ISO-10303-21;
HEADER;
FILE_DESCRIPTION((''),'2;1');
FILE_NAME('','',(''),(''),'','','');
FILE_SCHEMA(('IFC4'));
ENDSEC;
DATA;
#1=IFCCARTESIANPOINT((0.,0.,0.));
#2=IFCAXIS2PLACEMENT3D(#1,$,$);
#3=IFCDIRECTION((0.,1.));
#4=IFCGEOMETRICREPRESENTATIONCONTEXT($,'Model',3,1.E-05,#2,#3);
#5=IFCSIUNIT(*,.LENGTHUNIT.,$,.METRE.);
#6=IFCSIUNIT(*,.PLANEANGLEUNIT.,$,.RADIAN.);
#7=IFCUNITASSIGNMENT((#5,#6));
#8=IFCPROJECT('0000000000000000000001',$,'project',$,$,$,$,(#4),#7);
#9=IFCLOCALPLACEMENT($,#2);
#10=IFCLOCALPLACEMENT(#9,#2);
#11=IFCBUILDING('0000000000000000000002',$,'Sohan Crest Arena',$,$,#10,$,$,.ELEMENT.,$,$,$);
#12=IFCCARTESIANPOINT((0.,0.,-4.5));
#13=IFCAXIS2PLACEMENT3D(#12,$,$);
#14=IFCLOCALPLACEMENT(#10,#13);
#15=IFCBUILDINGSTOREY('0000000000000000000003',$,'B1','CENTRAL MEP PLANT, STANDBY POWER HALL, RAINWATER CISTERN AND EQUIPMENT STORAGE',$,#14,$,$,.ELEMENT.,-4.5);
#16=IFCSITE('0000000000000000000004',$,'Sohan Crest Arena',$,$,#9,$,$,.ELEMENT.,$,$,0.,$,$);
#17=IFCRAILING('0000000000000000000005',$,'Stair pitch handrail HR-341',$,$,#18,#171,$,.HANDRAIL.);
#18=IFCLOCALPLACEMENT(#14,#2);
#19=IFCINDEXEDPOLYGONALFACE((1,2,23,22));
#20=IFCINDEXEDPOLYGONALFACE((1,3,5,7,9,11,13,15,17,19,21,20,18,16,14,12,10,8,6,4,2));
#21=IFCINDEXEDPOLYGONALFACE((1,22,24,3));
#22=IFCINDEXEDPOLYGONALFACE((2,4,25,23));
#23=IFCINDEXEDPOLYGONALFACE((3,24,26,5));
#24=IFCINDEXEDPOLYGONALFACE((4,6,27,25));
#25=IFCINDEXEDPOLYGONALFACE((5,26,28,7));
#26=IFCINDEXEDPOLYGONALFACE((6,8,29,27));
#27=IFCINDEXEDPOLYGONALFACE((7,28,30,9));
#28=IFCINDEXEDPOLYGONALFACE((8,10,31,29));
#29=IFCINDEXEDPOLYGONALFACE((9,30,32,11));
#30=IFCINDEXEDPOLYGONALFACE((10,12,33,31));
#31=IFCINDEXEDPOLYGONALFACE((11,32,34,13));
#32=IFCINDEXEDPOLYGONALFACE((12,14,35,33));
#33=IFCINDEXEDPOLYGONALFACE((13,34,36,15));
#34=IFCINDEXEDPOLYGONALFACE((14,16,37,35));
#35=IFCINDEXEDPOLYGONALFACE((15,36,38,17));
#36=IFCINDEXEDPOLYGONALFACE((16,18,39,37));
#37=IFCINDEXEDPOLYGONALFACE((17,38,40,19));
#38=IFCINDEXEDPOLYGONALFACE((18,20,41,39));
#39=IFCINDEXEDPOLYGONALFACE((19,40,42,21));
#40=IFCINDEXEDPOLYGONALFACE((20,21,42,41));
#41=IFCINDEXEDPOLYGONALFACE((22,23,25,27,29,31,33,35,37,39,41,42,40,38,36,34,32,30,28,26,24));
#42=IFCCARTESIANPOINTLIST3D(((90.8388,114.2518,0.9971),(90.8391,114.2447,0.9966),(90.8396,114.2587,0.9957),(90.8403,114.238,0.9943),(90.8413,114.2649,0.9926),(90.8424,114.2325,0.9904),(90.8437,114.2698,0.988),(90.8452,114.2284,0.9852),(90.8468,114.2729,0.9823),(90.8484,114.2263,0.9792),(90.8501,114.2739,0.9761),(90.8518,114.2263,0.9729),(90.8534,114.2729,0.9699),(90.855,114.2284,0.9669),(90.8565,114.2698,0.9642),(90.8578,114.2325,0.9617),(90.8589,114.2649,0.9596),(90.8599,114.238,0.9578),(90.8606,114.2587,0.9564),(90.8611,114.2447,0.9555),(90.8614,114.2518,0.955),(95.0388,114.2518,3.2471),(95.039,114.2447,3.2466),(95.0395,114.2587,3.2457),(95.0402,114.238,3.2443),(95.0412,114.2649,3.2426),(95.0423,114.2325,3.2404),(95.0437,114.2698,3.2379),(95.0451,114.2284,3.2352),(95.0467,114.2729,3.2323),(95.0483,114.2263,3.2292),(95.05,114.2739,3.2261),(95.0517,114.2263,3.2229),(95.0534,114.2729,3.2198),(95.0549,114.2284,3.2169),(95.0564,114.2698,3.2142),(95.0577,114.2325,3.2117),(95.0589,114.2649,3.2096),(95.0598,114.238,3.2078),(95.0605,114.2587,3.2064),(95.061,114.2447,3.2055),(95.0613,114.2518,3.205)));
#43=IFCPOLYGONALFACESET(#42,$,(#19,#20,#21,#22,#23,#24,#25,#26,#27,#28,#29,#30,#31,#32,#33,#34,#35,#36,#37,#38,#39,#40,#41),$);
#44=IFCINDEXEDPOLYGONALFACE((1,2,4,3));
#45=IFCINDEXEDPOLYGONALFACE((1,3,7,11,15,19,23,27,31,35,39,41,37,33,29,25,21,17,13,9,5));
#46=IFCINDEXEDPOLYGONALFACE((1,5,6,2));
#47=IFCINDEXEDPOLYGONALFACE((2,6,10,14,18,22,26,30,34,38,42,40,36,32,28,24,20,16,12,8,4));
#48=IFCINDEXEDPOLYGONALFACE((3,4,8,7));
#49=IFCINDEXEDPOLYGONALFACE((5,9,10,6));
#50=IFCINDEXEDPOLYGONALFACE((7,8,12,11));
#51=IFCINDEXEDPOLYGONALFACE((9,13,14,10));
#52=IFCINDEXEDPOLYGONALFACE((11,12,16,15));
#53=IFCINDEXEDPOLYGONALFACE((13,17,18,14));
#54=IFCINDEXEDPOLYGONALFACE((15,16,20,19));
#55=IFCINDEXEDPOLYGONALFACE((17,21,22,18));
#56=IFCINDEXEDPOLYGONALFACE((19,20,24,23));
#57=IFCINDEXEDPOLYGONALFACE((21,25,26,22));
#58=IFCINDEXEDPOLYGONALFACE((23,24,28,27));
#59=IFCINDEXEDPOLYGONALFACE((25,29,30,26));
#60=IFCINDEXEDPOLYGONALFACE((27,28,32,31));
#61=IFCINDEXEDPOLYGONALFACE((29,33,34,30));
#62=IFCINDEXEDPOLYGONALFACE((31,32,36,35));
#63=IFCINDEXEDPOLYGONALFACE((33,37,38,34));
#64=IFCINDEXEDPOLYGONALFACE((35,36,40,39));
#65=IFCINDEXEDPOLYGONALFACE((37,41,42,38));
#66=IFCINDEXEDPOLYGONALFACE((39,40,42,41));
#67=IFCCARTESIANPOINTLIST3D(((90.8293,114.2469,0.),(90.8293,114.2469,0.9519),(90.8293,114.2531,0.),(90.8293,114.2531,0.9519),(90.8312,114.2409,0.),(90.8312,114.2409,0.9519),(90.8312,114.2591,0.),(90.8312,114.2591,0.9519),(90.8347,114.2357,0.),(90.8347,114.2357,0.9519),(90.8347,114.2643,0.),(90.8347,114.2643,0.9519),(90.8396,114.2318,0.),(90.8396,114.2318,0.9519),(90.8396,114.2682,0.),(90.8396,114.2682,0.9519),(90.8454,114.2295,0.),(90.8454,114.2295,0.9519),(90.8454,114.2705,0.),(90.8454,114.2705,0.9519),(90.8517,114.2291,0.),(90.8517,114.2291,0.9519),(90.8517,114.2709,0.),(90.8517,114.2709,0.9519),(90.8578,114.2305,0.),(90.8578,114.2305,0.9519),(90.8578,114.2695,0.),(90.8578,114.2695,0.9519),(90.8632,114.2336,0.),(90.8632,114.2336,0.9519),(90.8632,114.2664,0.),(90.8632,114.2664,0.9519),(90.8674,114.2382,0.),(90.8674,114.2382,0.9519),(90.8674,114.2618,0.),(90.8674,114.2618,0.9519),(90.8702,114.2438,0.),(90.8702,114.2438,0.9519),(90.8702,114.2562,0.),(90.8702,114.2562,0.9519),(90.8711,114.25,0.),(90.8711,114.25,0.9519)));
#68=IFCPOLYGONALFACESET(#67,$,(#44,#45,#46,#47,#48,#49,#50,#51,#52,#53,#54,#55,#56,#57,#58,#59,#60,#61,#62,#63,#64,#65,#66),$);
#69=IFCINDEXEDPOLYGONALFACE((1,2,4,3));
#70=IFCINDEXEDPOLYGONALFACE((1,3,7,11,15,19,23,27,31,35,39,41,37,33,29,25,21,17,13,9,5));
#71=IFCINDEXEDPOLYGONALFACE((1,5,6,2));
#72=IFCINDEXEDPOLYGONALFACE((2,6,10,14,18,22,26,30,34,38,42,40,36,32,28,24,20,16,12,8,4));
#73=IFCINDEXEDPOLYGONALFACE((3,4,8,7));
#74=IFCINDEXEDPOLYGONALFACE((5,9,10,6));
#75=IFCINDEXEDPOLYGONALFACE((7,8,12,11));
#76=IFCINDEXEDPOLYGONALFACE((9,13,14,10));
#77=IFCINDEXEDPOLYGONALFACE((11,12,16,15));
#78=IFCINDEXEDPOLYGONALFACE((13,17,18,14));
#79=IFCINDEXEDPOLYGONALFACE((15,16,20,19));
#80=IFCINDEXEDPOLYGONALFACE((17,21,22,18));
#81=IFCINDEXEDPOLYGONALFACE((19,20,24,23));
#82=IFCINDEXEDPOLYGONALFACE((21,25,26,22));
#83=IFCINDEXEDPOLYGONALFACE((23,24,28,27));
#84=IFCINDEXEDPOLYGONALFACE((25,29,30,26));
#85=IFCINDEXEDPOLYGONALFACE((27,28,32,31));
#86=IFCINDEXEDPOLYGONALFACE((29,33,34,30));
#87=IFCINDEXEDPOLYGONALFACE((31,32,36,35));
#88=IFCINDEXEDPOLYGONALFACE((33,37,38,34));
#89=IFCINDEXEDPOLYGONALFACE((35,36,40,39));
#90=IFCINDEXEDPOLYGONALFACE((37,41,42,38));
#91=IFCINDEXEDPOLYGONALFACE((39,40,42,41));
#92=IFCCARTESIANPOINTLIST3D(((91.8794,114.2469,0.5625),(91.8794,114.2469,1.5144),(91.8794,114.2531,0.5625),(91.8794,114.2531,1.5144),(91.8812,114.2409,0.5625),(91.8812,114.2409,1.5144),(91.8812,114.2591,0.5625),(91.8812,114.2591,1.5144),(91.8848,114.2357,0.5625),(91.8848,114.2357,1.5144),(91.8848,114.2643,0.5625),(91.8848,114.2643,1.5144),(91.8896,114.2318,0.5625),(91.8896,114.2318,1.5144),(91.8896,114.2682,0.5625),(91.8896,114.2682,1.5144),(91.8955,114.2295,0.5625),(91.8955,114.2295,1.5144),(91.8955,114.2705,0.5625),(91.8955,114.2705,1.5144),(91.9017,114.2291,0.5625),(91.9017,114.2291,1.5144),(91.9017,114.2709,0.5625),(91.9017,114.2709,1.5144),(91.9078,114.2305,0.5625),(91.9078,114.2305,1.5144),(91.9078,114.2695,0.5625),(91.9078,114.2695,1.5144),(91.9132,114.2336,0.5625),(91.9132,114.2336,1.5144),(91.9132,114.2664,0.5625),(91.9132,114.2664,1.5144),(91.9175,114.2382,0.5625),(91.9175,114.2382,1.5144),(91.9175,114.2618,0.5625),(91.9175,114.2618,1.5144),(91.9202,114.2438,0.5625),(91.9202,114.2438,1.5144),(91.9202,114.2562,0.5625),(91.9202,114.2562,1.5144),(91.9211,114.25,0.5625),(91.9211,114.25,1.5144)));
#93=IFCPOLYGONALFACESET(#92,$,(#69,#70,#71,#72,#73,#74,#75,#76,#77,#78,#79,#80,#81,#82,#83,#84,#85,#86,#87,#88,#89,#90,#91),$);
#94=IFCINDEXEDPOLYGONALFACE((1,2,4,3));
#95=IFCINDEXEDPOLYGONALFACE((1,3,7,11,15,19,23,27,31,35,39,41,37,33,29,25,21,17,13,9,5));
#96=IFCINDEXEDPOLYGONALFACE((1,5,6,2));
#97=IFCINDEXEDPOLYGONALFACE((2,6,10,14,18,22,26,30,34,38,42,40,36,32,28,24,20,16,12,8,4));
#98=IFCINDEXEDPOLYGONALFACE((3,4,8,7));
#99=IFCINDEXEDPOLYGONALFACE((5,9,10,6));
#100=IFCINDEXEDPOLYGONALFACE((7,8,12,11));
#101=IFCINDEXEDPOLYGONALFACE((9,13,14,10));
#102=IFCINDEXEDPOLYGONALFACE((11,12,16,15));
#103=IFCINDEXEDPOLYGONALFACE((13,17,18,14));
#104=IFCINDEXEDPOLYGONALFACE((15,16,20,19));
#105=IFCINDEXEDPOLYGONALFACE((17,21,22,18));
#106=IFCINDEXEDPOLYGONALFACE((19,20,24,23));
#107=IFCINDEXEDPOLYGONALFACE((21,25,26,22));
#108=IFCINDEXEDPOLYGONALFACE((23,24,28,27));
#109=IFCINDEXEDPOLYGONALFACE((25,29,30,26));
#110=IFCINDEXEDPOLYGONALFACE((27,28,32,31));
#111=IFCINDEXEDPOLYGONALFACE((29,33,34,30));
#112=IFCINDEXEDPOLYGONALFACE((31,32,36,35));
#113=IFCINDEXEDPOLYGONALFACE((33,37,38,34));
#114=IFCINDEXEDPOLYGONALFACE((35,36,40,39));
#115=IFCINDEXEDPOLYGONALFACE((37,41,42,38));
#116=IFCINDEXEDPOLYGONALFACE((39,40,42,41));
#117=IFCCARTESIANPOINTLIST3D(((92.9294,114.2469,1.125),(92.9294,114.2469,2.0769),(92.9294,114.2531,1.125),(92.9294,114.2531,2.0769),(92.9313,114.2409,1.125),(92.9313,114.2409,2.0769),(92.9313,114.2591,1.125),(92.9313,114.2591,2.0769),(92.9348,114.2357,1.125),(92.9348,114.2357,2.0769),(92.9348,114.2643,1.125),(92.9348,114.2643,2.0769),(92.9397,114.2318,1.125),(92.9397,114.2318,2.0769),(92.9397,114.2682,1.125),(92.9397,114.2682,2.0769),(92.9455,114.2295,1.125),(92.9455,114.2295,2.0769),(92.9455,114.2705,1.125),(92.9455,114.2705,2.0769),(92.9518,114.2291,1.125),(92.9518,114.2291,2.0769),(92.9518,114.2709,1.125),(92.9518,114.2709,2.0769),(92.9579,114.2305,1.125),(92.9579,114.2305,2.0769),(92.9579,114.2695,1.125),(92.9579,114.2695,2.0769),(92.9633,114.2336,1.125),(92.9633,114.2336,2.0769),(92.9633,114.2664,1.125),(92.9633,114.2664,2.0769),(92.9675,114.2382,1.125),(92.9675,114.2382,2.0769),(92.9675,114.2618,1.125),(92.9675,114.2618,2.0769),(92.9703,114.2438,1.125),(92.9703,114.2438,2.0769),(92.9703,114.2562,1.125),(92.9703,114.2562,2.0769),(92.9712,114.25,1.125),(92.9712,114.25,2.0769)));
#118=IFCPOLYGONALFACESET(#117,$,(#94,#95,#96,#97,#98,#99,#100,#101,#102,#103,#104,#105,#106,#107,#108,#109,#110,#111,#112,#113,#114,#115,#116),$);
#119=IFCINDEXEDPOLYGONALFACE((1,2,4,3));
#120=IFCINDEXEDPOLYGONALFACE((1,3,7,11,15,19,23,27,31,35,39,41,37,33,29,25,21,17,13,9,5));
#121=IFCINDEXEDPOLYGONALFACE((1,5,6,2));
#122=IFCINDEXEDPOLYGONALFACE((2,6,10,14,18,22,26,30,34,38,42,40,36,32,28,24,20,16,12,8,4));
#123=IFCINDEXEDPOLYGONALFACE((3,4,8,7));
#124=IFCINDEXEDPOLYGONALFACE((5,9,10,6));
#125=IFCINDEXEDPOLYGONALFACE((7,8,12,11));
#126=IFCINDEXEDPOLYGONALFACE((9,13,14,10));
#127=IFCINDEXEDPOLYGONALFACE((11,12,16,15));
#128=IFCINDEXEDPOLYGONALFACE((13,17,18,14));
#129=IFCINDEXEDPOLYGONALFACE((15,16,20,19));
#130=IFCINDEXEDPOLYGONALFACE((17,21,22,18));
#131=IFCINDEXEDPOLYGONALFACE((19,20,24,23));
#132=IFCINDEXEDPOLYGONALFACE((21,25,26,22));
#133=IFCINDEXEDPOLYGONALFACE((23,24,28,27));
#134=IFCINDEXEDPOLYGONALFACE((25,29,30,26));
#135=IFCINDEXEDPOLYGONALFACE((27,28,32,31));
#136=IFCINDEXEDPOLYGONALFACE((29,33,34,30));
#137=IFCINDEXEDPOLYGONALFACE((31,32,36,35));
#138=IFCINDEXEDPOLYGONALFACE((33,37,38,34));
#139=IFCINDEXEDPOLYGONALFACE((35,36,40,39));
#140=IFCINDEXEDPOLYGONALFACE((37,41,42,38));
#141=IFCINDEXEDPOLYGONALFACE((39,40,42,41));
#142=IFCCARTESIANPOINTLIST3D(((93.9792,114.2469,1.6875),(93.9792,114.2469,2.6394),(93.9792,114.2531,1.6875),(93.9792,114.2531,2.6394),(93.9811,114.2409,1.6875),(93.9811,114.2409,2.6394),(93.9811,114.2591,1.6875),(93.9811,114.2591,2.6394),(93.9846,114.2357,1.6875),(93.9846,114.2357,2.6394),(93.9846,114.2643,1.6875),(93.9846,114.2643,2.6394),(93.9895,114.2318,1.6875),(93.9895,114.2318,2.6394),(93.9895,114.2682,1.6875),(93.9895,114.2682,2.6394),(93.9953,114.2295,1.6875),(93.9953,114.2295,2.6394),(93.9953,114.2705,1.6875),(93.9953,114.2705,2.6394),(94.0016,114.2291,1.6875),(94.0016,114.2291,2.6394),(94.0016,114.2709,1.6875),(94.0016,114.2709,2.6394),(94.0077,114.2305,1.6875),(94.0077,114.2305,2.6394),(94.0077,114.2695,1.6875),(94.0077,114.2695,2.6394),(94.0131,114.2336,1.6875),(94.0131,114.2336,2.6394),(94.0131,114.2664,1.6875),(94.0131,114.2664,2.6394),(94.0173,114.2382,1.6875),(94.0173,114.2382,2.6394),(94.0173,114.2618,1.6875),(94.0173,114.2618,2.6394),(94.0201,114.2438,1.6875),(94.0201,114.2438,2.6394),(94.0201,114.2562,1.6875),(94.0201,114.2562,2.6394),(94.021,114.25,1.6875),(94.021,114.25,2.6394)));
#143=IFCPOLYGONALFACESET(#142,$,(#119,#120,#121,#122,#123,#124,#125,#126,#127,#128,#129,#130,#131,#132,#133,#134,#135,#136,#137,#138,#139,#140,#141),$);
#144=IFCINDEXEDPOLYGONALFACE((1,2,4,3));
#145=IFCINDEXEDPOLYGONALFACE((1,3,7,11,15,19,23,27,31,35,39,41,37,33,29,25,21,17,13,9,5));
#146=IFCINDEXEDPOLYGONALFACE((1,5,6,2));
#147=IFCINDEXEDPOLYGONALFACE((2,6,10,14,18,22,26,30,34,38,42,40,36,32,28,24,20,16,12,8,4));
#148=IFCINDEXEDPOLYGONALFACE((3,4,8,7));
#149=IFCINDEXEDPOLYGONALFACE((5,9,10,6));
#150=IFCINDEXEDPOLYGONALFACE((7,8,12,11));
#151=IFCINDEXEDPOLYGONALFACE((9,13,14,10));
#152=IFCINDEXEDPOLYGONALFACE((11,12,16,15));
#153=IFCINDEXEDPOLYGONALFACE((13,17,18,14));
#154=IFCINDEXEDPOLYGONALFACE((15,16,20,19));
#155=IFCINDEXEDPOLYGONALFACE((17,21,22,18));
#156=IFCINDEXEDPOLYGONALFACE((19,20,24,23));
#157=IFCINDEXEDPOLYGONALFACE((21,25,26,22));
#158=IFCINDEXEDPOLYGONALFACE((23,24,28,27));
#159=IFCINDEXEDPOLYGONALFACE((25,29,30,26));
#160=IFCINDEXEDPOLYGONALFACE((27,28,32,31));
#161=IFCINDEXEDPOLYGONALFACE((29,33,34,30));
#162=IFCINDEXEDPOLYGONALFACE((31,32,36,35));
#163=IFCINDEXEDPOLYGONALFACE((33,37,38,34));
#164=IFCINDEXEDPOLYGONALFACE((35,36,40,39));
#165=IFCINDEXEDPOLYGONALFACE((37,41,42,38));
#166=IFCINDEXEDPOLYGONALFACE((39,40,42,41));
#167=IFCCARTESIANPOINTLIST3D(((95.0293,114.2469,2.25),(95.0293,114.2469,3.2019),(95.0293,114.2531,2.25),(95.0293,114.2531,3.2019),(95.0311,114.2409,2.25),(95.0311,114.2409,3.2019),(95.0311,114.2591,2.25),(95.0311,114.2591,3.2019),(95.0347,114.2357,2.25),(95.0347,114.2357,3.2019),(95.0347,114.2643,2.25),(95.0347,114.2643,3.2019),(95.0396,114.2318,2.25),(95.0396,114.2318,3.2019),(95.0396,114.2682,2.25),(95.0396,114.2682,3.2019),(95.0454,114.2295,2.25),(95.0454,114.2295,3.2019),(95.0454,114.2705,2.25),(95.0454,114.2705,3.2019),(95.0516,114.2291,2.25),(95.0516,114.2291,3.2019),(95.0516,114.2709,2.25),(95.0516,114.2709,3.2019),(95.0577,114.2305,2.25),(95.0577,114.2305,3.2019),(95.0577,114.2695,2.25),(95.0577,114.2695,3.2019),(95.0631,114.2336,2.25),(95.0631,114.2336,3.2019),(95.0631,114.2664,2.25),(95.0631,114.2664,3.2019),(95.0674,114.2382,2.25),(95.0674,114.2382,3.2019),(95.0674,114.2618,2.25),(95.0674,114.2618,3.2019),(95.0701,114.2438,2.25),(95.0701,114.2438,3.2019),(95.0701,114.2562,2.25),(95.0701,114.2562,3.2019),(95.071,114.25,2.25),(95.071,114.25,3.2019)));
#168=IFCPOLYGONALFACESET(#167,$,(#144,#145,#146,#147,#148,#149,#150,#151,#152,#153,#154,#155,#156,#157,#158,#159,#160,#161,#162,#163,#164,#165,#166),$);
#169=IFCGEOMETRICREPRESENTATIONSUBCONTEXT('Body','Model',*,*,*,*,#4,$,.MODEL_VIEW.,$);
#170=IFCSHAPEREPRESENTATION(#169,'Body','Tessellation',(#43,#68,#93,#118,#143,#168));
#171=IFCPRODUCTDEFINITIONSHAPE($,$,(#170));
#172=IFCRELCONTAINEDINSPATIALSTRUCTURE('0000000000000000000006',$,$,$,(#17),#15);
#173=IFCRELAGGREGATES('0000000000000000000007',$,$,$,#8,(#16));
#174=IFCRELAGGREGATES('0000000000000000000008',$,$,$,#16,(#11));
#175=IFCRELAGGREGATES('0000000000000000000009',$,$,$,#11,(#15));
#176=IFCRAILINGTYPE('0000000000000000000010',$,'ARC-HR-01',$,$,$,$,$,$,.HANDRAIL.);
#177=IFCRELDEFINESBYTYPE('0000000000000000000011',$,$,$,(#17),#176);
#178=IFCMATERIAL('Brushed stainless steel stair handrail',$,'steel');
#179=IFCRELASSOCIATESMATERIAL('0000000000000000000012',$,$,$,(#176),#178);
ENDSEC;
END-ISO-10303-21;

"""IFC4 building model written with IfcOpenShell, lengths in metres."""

from ifc_helpers import new_model, si_unit, direction, frame, origin, origin_2d, place, context, subcontext, project, spatial, circle, extrude, material, type_object, element, save


model = new_model("IFC4")

# Units and contexts
model_context = context("Model", 3, precision=1e-05, world=origin(), true_north=direction((0.0, 1.0)))
body_context = subcontext(model_context, "Body", "Model", "MODEL_VIEW")
ifc_project = project(units=[si_unit("LENGTHUNIT", "METRE"), si_unit("PLANEANGLEUNIT", "RADIAN")], contexts=[model_context])

# Site, building, storey
site_placement = place(None, origin())
site = spatial("IfcSite", under=ifc_project, at=site_placement, Name="Sohan Crest Arena", CompositionType="ELEMENT", RefElevation=0.0)
building_placement = place(site_placement, origin())
building = spatial("IfcBuilding", under=site, at=building_placement, Name="Sohan Crest Arena", CompositionType="ELEMENT")
storey_placement = place(building_placement, frame((0.0, 0.0, -4.5)))
storey = spatial("IfcBuildingStorey", under=building, at=storey_placement, Name="B1", Description="CENTRAL MEP PLANT, STANDBY POWER HALL, RAINWATER CISTERN AND EQUIPMENT STORAGE", CompositionType="ELEMENT", Elevation=-4.5)

# Railing
ifc_material_1 = material(Name="Brushed stainless steel stair handrail", Category="steel")
railing_type_1 = type_object("IfcRailingType", Name="ARC-HR-01", PredefinedType="HANDRAIL", material=ifc_material_1)
for number, where, name in (
    (1, (90.8501, 114.25, 0.0), "Stair pitch handrail HR-341"),
):
    element("IfcRailing", number, at=place(storey_placement, frame(where)), inside=storey, type_object=railing_type_1, Name=name, PredefinedType="HANDRAIL", context=body_context, shape_type="SweptSolid", body=[
        extrude(circle(Radius=0.0239, at=origin_2d()), frame((0.0, 0.0, 0.9761), z_axis=(0.881478, 0.0, 0.472226), x_axis=(0.0, 1.0, 0.0)), (0.0, 0.0, 1.0), 4.7646),
        extrude(circle(Radius=0.021, at=origin_2d()), origin(), (0.0, 0.0, 1.0), 0.9519),
        extrude(circle(Radius=0.021, at=origin_2d()), frame((1.05, 0.0, 0.5625)), (0.0, 0.0, 1.0), 0.9519),
        extrude(circle(Radius=0.021, at=origin_2d()), frame((2.1001, 0.0, 1.125)), (0.0, 0.0, 1.0), 0.9519),
        extrude(circle(Radius=0.021, at=origin_2d()), frame((3.1499, 0.0, 1.6875)), (0.0, 0.0, 1.0), 0.9519),
        extrude(circle(Radius=0.021, at=origin_2d()), frame((4.2, 0.0, 2.25)), (0.0, 0.0, 1.0), 0.9519),
    ])

save(model, "model.ifc")
